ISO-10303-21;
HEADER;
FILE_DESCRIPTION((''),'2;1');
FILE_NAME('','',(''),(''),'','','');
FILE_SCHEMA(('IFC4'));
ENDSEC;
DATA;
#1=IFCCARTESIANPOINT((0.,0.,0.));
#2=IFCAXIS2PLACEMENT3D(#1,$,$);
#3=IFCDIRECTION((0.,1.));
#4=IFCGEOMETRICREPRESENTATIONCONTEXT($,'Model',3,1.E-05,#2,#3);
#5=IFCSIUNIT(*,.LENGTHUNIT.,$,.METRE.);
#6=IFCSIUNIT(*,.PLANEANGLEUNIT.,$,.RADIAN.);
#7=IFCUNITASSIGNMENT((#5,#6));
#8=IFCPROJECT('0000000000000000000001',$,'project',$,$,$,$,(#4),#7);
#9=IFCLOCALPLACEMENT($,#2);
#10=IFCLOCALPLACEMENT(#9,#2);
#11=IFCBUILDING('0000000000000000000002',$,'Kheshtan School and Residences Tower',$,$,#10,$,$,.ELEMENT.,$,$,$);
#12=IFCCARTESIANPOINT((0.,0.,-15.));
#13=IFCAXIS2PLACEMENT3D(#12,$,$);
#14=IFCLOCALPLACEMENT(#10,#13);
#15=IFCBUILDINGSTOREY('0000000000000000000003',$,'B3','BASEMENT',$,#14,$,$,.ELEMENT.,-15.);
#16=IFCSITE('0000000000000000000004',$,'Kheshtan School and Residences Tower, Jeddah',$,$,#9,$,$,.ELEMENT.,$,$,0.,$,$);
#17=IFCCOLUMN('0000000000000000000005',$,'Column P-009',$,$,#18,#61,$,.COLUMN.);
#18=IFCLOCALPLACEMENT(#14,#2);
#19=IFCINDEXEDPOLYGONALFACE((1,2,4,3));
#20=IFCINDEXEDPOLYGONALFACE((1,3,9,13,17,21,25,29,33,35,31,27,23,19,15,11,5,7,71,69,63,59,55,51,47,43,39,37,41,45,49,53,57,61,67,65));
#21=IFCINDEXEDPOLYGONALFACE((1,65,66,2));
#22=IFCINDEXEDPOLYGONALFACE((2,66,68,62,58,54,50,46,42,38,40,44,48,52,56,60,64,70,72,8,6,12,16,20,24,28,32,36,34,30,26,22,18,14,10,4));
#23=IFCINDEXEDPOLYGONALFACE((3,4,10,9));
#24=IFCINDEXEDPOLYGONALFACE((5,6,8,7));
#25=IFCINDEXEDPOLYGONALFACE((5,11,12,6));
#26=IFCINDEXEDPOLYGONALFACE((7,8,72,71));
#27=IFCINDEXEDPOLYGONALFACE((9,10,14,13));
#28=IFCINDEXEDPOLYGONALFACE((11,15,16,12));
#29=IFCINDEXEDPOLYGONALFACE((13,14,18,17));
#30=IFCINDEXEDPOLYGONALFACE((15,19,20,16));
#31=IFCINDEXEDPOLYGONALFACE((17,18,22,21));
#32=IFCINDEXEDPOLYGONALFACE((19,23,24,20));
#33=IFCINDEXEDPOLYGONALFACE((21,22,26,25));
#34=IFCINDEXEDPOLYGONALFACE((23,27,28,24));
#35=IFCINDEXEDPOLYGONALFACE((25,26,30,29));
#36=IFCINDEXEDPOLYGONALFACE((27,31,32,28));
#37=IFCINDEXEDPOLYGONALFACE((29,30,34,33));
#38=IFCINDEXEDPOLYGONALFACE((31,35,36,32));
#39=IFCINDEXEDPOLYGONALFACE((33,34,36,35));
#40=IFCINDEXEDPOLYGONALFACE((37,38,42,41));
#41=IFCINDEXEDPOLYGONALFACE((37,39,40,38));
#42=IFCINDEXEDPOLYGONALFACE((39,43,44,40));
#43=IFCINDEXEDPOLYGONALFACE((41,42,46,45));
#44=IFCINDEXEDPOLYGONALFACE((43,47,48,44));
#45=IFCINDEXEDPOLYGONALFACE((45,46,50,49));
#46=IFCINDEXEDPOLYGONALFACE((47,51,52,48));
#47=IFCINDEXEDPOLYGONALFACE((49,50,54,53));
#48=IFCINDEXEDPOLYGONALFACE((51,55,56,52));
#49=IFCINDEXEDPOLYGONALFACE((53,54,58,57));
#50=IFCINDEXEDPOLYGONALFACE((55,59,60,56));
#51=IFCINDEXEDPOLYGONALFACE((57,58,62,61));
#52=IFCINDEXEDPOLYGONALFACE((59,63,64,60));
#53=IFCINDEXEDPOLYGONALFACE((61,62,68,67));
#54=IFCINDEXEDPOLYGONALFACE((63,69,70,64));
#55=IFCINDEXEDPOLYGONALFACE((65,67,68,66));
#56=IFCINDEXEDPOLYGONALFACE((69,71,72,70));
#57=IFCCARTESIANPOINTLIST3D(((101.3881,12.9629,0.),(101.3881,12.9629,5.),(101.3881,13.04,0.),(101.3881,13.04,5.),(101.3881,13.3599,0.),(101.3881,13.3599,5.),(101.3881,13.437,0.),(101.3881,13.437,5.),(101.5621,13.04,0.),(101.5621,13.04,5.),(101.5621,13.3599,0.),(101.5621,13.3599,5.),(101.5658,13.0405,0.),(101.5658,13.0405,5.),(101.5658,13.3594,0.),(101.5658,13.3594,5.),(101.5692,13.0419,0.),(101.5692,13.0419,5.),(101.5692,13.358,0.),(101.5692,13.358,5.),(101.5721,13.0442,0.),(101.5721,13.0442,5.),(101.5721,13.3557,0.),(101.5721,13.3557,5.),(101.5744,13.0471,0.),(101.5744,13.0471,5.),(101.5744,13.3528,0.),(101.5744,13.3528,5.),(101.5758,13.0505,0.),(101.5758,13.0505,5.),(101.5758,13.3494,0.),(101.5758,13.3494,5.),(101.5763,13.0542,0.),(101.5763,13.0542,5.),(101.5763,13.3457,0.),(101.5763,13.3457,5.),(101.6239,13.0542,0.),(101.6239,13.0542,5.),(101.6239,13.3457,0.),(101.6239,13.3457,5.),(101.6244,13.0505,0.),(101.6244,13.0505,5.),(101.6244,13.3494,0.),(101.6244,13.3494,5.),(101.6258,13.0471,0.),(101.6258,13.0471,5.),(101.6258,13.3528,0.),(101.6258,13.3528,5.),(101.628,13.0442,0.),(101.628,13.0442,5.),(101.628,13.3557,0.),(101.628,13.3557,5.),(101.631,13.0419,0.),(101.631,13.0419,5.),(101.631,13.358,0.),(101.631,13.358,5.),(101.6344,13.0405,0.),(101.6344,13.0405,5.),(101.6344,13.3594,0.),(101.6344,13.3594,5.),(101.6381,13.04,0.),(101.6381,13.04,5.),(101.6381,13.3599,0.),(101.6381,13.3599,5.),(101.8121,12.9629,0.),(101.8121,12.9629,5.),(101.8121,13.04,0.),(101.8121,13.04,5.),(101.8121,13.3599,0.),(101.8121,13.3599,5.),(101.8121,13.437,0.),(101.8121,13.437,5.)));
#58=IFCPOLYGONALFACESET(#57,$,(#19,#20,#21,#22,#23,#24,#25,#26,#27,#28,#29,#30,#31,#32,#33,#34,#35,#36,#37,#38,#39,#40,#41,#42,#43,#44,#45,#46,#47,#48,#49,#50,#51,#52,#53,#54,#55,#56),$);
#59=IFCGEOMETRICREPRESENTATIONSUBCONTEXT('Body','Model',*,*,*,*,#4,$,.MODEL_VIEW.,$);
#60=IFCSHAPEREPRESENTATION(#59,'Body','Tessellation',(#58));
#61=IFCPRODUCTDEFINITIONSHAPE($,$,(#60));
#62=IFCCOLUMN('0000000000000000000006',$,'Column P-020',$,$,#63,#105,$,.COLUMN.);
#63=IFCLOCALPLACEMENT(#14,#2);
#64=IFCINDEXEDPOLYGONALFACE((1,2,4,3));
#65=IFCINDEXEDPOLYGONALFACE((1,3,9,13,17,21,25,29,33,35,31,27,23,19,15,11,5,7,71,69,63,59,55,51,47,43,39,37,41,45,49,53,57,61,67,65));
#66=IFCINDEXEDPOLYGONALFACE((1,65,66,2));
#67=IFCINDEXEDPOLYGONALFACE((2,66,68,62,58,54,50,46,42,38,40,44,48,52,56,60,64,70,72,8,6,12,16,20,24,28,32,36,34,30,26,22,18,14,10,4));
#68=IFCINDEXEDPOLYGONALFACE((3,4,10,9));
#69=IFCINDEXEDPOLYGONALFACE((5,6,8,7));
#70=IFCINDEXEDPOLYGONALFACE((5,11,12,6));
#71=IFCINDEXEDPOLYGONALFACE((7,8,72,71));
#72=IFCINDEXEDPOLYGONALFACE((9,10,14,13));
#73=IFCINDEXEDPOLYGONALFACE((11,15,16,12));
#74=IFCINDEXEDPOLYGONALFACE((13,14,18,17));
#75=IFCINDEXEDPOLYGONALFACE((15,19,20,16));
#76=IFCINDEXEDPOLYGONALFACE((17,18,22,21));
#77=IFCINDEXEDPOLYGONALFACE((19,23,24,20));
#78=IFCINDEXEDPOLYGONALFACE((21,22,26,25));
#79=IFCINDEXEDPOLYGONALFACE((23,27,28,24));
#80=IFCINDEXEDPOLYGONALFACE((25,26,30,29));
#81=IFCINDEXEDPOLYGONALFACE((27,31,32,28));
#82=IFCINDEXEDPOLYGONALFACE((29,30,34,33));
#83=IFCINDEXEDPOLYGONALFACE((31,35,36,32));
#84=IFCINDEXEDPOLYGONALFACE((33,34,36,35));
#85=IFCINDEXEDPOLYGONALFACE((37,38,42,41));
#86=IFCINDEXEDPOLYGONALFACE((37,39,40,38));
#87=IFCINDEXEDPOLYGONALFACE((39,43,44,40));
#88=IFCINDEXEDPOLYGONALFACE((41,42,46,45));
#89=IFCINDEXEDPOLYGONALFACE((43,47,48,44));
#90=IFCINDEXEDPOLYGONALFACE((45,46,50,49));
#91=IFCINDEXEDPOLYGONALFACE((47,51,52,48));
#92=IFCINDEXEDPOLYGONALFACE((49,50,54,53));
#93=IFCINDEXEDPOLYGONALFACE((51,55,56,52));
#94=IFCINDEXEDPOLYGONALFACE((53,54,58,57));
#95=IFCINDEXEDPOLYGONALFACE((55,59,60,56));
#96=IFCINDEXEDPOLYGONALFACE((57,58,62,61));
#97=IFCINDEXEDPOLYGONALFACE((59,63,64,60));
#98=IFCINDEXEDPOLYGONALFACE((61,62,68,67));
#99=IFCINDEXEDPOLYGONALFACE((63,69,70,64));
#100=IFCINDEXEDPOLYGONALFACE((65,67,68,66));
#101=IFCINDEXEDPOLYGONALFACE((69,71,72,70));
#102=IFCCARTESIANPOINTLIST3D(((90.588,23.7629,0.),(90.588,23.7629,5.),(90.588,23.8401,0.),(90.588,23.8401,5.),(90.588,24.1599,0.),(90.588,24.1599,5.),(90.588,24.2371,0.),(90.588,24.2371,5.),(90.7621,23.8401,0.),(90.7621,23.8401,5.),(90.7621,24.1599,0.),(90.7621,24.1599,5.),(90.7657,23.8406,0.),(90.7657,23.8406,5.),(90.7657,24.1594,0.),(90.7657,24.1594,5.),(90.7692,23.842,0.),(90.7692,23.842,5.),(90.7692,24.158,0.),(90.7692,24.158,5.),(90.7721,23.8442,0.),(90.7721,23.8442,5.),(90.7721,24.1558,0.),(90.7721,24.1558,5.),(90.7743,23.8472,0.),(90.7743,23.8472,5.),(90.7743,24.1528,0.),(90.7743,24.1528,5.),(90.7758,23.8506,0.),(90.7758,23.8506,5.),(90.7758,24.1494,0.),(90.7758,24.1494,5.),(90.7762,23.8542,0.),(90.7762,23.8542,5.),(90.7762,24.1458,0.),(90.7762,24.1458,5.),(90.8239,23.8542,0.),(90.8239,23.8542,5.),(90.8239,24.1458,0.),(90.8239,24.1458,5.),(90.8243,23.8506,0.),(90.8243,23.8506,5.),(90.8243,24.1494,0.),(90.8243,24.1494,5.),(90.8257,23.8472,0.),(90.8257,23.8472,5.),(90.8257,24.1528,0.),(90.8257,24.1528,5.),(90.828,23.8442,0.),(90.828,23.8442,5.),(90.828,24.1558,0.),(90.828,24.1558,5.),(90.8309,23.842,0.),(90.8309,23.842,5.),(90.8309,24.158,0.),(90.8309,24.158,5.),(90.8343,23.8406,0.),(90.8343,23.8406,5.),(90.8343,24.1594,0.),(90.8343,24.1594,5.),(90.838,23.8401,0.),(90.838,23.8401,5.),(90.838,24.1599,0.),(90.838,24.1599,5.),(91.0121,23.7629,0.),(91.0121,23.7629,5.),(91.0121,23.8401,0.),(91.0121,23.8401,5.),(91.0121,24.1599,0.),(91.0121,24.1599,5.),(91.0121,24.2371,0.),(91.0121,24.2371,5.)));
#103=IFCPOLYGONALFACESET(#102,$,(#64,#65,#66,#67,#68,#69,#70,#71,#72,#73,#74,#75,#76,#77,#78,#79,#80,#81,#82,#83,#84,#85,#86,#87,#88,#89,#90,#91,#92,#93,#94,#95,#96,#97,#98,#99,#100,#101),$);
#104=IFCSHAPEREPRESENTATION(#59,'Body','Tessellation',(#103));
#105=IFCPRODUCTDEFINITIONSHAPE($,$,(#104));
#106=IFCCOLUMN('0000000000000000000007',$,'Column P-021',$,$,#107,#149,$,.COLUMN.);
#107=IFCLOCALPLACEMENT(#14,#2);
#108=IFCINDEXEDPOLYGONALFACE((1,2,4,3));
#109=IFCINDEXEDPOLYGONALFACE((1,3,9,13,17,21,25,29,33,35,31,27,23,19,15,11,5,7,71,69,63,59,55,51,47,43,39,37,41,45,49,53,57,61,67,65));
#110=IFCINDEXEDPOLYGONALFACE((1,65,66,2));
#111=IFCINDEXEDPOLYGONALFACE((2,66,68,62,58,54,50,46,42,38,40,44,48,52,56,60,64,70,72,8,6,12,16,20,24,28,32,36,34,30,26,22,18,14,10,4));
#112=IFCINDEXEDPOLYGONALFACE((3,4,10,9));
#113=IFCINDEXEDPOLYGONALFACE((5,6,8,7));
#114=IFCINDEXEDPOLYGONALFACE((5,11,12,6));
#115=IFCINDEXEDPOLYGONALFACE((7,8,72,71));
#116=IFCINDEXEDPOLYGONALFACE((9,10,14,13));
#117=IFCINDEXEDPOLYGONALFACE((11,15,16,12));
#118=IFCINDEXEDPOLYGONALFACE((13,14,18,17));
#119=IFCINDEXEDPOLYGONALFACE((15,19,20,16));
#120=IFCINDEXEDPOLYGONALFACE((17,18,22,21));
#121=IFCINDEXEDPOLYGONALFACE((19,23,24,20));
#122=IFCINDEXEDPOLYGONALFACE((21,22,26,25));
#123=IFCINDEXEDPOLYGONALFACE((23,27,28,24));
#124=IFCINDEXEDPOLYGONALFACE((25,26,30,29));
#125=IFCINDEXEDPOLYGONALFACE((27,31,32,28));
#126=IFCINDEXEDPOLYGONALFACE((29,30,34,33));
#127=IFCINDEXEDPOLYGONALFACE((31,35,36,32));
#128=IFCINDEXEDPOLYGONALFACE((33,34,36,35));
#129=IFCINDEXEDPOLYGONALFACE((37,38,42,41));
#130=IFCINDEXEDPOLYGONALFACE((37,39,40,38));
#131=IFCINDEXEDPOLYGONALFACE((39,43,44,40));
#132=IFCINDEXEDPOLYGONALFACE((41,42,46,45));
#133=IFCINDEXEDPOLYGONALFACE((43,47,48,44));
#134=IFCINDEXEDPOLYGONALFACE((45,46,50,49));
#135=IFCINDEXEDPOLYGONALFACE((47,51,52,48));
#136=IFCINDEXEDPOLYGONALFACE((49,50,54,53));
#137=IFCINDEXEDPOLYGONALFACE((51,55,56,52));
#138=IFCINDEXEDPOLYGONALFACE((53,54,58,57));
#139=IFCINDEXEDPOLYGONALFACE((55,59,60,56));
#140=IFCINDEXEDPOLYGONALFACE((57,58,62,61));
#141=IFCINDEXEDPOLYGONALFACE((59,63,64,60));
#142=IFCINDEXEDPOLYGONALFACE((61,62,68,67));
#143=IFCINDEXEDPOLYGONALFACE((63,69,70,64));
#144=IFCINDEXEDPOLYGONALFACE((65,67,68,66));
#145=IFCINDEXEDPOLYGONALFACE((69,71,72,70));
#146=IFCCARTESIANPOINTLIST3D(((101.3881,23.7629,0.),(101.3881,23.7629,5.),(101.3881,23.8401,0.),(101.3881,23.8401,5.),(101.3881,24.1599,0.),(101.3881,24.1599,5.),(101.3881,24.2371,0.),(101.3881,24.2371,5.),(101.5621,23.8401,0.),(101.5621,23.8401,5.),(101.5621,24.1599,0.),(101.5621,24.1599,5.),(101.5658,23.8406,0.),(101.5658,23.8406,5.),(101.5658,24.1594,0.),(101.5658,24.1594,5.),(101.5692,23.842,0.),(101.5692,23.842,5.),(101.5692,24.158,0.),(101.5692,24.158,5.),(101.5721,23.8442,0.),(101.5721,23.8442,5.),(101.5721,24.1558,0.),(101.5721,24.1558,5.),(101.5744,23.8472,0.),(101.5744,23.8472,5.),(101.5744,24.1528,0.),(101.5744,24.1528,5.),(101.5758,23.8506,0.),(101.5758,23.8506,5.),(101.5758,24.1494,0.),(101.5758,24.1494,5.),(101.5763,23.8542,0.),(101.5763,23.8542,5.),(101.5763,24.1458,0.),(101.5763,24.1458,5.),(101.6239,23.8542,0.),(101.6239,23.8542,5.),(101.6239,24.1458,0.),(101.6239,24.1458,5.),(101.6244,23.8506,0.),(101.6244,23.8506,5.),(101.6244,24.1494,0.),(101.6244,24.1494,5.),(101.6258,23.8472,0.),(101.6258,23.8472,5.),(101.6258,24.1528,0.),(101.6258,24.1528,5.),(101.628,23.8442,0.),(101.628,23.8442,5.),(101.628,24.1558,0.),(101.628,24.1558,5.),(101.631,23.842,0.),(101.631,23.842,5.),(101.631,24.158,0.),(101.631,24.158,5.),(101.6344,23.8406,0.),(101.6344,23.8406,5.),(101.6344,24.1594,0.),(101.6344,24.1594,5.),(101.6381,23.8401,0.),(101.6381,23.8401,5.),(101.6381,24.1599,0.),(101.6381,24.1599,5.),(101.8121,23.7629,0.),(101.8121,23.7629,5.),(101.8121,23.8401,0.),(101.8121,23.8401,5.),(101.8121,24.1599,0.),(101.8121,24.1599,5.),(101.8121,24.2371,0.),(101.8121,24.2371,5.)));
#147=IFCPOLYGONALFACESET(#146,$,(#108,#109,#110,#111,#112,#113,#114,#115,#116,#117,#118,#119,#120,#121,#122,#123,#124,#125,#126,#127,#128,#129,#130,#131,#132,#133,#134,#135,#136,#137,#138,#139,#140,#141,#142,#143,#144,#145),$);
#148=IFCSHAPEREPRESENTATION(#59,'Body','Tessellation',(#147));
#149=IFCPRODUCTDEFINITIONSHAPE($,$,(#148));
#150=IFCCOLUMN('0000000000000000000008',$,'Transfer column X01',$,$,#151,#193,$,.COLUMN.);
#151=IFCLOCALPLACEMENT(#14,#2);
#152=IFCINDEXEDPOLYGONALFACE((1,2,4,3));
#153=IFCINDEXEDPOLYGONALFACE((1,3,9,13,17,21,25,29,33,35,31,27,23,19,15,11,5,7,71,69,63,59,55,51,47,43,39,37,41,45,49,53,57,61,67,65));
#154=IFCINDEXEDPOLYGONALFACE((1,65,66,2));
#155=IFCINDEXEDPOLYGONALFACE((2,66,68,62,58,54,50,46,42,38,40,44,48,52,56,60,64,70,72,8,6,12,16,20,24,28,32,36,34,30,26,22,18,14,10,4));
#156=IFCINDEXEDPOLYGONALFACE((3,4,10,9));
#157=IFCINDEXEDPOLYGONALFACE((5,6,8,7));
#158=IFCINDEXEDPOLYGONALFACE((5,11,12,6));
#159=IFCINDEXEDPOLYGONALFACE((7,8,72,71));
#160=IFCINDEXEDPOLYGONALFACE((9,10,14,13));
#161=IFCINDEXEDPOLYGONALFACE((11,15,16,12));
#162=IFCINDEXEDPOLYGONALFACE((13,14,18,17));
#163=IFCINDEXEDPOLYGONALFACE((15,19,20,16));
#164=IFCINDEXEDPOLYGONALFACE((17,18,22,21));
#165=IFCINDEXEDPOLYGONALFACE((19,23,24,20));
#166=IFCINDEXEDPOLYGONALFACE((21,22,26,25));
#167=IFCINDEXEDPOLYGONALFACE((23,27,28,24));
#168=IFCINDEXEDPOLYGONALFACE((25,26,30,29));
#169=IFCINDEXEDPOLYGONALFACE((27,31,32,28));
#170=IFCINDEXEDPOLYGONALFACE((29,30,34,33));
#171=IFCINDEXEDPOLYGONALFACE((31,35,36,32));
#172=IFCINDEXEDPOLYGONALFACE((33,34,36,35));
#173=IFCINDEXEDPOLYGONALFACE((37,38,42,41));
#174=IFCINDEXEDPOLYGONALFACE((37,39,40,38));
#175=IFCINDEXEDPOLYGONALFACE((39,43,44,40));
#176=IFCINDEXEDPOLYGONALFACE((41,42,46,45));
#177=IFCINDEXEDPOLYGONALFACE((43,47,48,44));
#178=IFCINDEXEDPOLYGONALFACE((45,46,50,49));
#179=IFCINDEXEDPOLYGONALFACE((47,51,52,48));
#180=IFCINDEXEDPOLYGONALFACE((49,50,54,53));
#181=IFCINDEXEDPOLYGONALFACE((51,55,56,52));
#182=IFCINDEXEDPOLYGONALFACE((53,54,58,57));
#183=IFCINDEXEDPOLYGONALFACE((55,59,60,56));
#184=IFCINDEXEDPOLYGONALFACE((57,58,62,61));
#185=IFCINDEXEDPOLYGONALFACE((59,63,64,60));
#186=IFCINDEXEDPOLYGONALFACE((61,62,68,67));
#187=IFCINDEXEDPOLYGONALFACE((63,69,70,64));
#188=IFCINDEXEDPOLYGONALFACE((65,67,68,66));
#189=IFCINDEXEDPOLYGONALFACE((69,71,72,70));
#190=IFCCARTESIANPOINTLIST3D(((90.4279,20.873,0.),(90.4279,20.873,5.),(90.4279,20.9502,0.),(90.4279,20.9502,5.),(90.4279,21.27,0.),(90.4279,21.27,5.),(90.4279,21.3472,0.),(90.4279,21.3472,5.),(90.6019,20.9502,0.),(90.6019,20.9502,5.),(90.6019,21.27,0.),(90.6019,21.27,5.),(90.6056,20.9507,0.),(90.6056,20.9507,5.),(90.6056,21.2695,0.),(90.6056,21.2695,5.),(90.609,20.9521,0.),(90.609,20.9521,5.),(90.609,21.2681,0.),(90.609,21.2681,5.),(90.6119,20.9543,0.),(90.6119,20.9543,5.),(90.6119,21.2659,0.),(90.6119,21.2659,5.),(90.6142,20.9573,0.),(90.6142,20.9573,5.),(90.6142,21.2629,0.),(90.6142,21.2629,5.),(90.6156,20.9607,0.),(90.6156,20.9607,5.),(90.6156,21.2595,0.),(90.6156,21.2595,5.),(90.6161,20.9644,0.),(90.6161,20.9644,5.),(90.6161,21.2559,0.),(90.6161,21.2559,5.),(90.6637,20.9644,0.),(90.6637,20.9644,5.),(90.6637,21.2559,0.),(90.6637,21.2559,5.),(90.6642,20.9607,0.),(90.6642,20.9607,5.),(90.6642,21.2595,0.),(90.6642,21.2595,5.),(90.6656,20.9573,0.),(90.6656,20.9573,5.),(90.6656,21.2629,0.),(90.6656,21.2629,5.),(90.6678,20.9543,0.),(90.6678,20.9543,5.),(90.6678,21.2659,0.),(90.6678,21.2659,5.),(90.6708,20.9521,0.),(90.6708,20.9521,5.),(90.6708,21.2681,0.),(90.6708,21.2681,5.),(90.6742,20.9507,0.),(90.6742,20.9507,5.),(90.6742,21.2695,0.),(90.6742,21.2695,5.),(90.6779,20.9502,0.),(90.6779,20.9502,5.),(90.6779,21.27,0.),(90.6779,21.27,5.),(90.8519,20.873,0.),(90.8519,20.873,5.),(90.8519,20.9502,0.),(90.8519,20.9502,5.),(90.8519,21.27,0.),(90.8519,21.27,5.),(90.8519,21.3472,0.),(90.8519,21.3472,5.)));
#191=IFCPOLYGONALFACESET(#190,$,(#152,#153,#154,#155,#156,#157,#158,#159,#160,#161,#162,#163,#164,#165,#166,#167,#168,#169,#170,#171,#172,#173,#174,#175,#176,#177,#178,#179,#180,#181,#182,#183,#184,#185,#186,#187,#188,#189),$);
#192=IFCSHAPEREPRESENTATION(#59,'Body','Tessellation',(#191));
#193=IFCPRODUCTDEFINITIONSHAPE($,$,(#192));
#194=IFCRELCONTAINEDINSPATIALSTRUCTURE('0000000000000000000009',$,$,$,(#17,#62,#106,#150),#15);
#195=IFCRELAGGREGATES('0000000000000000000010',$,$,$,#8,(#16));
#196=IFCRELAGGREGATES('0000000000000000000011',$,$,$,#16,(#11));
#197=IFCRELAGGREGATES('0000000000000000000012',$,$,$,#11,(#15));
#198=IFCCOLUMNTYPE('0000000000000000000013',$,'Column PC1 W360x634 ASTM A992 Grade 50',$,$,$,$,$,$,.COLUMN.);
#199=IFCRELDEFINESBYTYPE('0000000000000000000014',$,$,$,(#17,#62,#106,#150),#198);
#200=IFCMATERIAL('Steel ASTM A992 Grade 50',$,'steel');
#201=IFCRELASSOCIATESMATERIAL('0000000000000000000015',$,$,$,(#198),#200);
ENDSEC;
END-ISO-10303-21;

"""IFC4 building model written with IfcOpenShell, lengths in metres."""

from ifc_helpers import new_model, si_unit, direction, frame, origin, origin_2d, place, context, subcontext, project, spatial, i_section, extrude, material, material_profile, profile_set, type_object, element, save


model = new_model("IFC4")

# Units and contexts
model_context = context("Model", 3, precision=1e-05, world=origin(), true_north=direction((0.0, 1.0)))
body_context = subcontext(model_context, "Body", "Model", "MODEL_VIEW")
ifc_project = project(units=[si_unit("LENGTHUNIT", "METRE"), si_unit("PLANEANGLEUNIT", "RADIAN")], contexts=[model_context])

# Site, building, storey
site_placement = place(None, origin())
site = spatial("IfcSite", under=ifc_project, at=site_placement, Name="Kheshtan School and Residences Tower, Jeddah", CompositionType="ELEMENT", RefElevation=0.0)
building_placement = place(site_placement, origin())
building = spatial("IfcBuilding", under=site, at=building_placement, Name="Kheshtan School and Residences Tower", CompositionType="ELEMENT")
storey_placement = place(building_placement, frame((0.0, 0.0, -15.0)))
storey = spatial("IfcBuildingStorey", under=building, at=storey_placement, Name="B3", Description="BASEMENT", CompositionType="ELEMENT", Elevation=-15.0)

# Columns
ifc_material_1 = material(Name="Steel ASTM A992 Grade 50", Category="steel")
ifc_material_profile_1 = material_profile(ifc_material_1, i_section(OverallWidth=0.4241, OverallDepth=0.4741, WebThickness=0.0476, FlangeThickness=0.0771, FilletRadius=0.0142, at=origin_2d()), Name="W360x634")
ifc_profile_set_1 = profile_set([ifc_material_profile_1], Name="Steel ASTM A992 Grade 50")
column_type = type_object("IfcColumnType", Name="Column PC1 W360x634 ASTM A992 Grade 50", PredefinedType="COLUMN", material=ifc_profile_set_1)
for number, where, z_axis, x_axis, name in (
    (1, (101.6001, 13.2, 0.0), (0.0, 0.0, 1.0), (1.0, 0.0, 0.0), "Column P-009"),
    (2, (90.8, 24.0, 0.0), (0.0, 0.0, 1.0), (1.0, 0.0, 0.0), "Column P-020"),
    (3, (101.6001, 24.0, 0.0), (0.0, 0.0, 1.0), (1.0, 0.0, 0.0), "Column P-021"),
    (4, (90.6399, 21.1101, 0.0), (0.0, 0.0, 1.0), (1.0, 0.0, 0.0), "Transfer column X01"),
):
    element("IfcColumn", number, at=place(storey_placement, frame(where, z_axis=z_axis, x_axis=x_axis)), inside=storey, type_object=column_type, Name=name, PredefinedType="COLUMN", context=body_context, shape_type="SweptSolid", body=[
        extrude(i_section(OverallWidth=0.4241, OverallDepth=0.4741, WebThickness=0.0476, FlangeThickness=0.0771, FilletRadius=0.0142, at=origin_2d()), origin(), (0.0, 0.0, 1.0), 5.0),
    ])

save(model, "model.ifc")
